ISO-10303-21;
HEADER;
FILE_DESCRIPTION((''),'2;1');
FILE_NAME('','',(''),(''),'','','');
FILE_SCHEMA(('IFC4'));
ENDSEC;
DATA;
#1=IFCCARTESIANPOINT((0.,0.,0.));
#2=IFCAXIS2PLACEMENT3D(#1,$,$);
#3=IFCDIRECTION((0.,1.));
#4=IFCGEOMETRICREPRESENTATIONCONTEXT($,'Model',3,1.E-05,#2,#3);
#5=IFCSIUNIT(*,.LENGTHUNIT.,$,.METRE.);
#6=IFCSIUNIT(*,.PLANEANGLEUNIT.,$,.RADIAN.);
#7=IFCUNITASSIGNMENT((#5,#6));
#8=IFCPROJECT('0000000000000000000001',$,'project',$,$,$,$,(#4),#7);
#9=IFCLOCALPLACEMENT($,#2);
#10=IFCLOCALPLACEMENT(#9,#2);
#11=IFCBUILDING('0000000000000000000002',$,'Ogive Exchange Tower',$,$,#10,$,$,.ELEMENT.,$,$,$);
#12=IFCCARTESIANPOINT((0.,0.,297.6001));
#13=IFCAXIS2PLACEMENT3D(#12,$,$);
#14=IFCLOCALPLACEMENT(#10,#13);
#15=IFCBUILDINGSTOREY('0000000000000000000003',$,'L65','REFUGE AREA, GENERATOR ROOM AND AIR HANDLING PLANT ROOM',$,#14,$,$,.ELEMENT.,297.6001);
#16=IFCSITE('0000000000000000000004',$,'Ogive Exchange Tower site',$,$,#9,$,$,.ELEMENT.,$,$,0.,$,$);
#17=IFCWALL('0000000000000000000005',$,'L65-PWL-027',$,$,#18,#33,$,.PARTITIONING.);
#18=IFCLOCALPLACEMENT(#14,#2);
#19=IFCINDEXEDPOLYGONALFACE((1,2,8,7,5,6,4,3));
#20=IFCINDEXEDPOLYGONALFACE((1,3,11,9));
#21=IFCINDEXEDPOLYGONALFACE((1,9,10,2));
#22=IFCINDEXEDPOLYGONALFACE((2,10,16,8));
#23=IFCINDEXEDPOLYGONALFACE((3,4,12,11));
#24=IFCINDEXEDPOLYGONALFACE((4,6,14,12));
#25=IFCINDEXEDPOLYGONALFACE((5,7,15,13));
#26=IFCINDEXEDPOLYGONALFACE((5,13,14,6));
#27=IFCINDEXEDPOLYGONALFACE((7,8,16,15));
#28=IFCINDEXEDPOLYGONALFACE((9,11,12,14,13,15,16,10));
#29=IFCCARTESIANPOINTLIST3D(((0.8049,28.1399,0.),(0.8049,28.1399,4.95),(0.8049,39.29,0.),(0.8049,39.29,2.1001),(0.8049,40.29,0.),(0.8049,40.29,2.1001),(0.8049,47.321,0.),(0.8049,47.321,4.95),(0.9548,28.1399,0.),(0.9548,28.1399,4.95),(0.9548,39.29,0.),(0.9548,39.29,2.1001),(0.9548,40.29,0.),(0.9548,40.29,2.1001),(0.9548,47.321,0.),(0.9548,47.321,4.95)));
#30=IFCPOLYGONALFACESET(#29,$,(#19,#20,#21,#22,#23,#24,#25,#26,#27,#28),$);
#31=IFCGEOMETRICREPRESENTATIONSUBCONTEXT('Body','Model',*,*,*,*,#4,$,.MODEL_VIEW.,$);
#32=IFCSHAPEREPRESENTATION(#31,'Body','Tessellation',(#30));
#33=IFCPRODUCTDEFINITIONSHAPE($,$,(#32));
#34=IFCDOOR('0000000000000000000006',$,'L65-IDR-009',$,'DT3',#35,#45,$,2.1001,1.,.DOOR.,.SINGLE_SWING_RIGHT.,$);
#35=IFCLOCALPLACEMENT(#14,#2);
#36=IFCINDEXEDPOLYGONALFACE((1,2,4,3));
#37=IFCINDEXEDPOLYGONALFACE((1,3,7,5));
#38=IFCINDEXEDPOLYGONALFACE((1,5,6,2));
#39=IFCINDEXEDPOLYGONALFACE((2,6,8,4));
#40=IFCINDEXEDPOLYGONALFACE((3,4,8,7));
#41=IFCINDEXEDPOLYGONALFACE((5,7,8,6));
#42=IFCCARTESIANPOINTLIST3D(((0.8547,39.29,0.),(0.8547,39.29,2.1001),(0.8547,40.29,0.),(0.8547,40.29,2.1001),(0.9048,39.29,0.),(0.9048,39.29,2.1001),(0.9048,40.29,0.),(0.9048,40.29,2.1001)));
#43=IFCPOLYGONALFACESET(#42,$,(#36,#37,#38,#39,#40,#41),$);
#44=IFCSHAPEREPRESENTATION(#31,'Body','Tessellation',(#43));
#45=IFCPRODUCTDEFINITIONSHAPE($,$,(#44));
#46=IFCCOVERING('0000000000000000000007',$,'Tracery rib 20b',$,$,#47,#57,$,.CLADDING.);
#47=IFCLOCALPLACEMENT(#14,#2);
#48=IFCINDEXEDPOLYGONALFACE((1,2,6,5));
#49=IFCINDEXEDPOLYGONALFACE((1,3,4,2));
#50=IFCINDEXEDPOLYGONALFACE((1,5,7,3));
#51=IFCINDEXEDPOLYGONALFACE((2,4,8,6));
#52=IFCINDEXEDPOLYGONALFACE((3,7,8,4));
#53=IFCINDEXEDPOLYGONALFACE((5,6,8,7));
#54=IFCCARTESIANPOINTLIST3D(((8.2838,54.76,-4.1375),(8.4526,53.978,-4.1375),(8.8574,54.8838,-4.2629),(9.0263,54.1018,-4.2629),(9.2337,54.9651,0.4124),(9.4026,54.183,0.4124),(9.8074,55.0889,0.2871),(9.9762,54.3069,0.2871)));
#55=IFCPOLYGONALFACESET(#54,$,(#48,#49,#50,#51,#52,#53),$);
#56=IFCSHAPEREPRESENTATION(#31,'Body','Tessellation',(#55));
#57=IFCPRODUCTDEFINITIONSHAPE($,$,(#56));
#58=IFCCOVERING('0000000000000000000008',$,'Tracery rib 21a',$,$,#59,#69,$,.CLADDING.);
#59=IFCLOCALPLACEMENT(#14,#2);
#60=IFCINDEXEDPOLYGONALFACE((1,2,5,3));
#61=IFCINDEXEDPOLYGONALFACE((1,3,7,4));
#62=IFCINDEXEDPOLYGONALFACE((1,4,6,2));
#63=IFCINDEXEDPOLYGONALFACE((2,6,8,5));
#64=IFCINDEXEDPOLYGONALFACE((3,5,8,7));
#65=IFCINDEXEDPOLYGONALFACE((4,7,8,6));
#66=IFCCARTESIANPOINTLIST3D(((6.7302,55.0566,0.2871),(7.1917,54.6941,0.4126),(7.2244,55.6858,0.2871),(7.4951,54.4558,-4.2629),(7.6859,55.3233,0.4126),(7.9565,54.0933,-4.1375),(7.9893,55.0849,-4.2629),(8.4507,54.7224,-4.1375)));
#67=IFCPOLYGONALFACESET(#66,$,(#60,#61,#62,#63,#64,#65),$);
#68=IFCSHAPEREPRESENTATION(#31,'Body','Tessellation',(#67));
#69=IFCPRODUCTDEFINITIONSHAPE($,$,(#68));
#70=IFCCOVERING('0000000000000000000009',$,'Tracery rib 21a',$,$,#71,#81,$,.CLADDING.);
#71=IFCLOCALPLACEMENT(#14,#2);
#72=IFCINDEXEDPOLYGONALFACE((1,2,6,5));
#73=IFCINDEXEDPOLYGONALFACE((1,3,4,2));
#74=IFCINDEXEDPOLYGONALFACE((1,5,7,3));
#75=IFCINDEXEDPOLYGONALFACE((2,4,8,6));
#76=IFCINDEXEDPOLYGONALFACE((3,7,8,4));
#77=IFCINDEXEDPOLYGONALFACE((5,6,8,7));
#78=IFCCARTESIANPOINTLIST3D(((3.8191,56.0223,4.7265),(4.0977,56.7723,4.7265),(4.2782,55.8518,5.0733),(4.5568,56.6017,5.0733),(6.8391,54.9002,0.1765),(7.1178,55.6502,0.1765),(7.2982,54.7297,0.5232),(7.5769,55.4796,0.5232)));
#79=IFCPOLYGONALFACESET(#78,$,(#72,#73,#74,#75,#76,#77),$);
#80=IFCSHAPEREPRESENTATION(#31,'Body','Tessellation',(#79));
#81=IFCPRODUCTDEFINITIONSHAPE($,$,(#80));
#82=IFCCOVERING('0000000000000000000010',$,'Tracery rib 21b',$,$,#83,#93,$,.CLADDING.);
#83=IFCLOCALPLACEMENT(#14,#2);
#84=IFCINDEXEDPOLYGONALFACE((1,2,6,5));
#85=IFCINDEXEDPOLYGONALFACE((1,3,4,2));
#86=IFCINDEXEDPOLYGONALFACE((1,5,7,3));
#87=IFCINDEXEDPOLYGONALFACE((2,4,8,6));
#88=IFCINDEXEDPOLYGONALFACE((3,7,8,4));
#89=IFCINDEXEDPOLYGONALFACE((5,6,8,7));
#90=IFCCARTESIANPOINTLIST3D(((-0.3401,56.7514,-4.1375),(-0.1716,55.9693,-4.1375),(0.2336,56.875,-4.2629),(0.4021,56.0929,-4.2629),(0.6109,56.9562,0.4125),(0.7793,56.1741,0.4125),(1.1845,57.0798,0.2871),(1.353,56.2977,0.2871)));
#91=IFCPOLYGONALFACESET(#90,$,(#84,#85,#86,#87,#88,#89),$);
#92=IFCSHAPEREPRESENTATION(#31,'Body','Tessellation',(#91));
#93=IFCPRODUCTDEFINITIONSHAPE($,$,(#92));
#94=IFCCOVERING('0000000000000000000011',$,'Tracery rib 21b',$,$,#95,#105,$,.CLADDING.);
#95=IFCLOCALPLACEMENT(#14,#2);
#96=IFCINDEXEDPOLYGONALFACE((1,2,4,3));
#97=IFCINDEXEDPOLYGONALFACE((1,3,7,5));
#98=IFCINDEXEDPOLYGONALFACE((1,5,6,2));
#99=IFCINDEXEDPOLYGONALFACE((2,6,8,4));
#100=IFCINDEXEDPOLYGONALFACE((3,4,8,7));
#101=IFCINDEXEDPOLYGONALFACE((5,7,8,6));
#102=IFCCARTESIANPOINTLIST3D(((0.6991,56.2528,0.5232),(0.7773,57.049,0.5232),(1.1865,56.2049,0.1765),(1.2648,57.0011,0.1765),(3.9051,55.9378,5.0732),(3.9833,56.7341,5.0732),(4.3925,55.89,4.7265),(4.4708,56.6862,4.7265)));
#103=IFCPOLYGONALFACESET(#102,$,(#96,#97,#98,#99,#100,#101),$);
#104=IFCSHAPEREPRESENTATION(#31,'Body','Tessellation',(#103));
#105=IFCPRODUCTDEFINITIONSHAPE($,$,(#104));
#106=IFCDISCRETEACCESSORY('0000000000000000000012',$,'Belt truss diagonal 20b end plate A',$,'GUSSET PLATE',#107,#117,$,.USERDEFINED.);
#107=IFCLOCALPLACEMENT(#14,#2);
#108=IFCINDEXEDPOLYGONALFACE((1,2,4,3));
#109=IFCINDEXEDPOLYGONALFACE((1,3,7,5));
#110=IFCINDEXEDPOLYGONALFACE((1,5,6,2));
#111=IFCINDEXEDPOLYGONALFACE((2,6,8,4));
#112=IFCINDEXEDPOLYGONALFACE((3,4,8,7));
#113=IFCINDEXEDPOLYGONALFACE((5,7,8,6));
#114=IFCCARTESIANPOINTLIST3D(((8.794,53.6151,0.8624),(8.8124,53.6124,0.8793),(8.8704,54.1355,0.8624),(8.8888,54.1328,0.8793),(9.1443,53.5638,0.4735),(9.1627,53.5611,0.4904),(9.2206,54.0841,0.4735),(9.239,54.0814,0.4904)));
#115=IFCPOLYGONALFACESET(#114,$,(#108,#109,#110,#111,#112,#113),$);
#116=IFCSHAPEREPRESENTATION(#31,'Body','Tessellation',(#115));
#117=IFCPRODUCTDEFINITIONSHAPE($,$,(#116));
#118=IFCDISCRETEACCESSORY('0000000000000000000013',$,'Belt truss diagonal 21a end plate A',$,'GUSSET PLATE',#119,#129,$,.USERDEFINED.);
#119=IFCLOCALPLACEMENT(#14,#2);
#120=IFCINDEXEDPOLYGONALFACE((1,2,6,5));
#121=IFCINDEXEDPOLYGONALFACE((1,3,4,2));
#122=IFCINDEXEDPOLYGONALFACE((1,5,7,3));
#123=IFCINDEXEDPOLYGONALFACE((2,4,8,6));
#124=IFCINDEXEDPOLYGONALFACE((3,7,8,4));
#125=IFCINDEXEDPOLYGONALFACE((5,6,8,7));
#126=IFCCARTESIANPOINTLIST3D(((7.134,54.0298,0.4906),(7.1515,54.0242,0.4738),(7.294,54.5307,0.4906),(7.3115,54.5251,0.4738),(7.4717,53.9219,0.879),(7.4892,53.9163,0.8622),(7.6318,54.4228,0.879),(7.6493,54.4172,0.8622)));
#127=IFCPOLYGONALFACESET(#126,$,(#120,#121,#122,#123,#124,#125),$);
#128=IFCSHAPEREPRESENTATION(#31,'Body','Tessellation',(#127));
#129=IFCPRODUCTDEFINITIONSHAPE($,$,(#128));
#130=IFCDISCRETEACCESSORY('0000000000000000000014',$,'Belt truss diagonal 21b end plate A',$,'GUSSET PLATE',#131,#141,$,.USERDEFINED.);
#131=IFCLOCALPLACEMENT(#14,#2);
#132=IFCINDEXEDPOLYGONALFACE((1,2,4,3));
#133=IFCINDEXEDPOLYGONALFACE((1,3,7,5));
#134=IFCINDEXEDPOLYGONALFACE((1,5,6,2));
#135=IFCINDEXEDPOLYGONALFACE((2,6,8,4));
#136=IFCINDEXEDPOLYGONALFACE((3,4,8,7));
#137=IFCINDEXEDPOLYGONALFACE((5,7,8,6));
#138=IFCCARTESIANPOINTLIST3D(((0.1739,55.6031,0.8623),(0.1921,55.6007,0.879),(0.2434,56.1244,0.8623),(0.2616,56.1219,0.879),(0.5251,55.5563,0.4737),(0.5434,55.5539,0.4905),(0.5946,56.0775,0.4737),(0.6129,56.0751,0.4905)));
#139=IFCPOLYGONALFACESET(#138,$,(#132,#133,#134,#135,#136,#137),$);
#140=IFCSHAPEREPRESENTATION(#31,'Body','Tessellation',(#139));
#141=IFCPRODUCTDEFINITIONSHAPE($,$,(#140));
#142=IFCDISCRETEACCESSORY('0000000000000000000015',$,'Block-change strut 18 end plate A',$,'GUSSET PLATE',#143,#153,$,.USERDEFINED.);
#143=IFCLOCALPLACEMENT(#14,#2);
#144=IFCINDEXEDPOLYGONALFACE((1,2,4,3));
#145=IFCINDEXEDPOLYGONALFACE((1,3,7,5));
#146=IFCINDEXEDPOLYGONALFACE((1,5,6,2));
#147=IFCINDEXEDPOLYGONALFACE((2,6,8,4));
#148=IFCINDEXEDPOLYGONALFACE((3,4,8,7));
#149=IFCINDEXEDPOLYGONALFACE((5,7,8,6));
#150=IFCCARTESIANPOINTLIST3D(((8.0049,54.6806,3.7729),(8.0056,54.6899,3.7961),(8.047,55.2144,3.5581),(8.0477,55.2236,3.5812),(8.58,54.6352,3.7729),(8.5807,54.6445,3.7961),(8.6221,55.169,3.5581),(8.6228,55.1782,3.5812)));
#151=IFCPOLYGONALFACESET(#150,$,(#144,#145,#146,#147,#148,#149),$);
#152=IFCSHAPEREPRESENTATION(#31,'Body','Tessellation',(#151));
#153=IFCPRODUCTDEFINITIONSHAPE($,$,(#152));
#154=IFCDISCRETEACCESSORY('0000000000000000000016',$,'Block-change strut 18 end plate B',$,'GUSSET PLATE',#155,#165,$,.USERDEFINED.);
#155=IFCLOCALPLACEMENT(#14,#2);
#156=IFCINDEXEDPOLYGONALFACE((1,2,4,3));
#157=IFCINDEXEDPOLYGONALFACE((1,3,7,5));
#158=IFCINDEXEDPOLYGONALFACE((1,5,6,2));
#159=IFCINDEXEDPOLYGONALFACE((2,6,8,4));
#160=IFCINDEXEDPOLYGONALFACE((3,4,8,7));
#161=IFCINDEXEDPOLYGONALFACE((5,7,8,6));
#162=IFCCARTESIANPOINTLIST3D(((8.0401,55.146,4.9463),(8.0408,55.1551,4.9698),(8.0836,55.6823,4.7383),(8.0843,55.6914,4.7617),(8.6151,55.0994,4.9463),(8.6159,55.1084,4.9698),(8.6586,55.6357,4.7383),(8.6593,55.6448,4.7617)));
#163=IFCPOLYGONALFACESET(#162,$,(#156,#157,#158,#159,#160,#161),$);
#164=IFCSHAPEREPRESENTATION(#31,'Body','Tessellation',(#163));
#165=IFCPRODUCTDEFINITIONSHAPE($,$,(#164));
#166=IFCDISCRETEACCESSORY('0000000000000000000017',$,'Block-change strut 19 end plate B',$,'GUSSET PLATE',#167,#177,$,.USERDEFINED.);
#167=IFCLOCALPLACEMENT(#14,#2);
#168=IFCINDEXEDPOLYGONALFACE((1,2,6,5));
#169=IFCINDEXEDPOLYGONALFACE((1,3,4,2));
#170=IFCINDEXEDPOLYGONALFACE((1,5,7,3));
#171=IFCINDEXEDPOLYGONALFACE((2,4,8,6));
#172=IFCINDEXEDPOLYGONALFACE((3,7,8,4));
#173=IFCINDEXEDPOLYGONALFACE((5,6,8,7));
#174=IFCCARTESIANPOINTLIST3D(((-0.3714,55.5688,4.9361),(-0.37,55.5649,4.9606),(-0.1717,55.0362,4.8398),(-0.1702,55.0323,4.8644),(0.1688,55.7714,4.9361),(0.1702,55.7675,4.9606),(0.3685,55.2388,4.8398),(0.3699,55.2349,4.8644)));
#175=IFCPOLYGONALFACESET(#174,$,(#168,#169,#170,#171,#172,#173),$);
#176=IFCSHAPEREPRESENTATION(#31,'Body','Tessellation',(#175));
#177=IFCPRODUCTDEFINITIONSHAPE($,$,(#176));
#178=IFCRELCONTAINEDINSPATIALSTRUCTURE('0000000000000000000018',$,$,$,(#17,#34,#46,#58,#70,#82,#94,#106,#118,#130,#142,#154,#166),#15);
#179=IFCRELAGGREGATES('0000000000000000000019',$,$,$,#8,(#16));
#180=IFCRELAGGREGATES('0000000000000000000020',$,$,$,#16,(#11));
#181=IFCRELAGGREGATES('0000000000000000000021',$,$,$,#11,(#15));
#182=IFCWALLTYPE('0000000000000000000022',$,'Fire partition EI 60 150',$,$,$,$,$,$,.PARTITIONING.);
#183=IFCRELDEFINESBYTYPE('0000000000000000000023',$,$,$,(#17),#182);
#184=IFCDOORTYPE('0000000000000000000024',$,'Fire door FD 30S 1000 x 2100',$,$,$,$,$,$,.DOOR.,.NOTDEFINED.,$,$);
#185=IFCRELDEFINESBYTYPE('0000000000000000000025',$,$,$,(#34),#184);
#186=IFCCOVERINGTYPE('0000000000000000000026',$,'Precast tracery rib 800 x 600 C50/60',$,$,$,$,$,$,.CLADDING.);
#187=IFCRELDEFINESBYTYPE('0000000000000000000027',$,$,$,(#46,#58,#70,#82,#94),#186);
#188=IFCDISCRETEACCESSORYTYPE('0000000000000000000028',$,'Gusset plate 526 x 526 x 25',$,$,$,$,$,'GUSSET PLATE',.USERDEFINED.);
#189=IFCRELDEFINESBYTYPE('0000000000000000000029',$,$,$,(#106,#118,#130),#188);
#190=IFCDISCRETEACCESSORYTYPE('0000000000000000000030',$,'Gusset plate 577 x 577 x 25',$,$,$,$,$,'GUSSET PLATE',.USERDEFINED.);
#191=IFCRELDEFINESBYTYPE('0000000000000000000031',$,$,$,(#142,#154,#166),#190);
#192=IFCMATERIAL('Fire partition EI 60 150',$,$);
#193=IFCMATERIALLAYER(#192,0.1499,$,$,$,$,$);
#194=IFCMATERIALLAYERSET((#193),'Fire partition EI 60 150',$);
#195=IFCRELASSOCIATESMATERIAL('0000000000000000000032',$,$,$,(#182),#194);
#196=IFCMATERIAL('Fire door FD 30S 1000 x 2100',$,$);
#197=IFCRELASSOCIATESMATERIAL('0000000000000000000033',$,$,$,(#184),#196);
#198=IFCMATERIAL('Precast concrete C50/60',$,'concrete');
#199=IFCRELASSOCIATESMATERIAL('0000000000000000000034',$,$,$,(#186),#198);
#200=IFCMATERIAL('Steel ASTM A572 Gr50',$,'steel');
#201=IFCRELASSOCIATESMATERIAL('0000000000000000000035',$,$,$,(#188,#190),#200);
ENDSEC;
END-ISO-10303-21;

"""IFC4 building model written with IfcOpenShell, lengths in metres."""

from ifc_helpers import new_model, si_unit, direction, frame, frame_2d, origin, origin_2d, place, context, subcontext, project, spatial, rectangle, extrude, material, layer, layer_set, material_profile, profile_set, type_object, element, fill, save


model = new_model("IFC4")

# Units and contexts
model_context = context("Model", 3, precision=1e-05, world=origin(), true_north=direction((0.0, 1.0)))
body_context = subcontext(model_context, "Body", "Model", "MODEL_VIEW")
ifc_project = project(units=[si_unit("LENGTHUNIT", "METRE"), si_unit("PLANEANGLEUNIT", "RADIAN")], contexts=[model_context])

# Site, building, storey
site_placement = place(None, origin())
site = spatial("IfcSite", under=ifc_project, at=site_placement, Name="Ogive Exchange Tower site", CompositionType="ELEMENT", RefElevation=0.0)
building_placement = place(site_placement, origin())
building = spatial("IfcBuilding", under=site, at=building_placement, Name="Ogive Exchange Tower", CompositionType="ELEMENT")
storey_placement = place(building_placement, frame((0.0, 0.0, 297.6001)))
storey = spatial("IfcBuildingStorey", under=building, at=storey_placement, Name="L65", Description="REFUGE AREA, GENERATOR ROOM AND AIR HANDLING PLANT ROOM", CompositionType="ELEMENT", Elevation=297.6001)

# Wall, opening, door
ifc_material_1 = material(Name="Fire partition EI 60 150")
ifc_layer = layer(ifc_material_1, 0.1499)
ifc_layer_set = layer_set([ifc_layer], Name="Fire partition EI 60 150")
wall_type = type_object("IfcWallType", Name="Fire partition EI 60 150", PredefinedType="PARTITIONING", material=ifc_layer_set)
wall_placement = place(storey_placement, frame((0.8799, 47.321, 0.0), z_axis=(0.0, 0.0, 1.0), x_axis=(0.0, -1.0, 0.0)))
wall = element("IfcWall", 1, at=wall_placement, inside=storey, type_object=wall_type, Name="L65-PWL-027", PredefinedType="PARTITIONING", context=body_context, shape_type="SweptSolid", body=[
    extrude(rectangle(XDim=19.1812, YDim=0.1499, at=frame_2d((9.5906, 0.0))), origin(), (0.0, 0.0, 1.0), 4.95),
])
opening_placement = place(wall_placement, frame((7.031, 0.0, 0.0)))
opening = element("IfcOpeningElement", 2, at=opening_placement, cuts=wall, PredefinedType="OPENING", context=body_context, shape_type="SweptSolid", body=[
    extrude(rectangle(XDim=1.0, YDim=2.1001, at=frame_2d((0.5, 1.05))), frame((0.0, 0.085, 0.0), z_axis=(0.0, -1.0, 0.0), x_axis=(1.0, 0.0, 0.0)), (0.0, 0.0, 1.0), 0.1699),
])
ifc_material_2 = material(Name="Fire door FD 30S 1000 x 2100")
door_type = type_object("IfcDoorType", Name="Fire door FD 30S 1000 x 2100", OperationType="NOTDEFINED", PredefinedType="DOOR", material=ifc_material_2)
door_placement = place(opening_placement, origin())
door = element("IfcDoor", 3, at=door_placement, inside=storey, type_object=door_type, Name="L65-IDR-009", ObjectType="DT3", OperationType="SINGLE_SWING_RIGHT", OverallHeight=2.1001, OverallWidth=1.0, PredefinedType="DOOR", context=body_context, shape_type="SweptSolid", body=[
    extrude(rectangle(XDim=1.0, YDim=2.1001, at=frame_2d((0.5, 1.05))), frame((0.0, 0.0249, 0.0), z_axis=(0.0, -1.0, 0.0), x_axis=(1.0, 0.0, 0.0)), (0.0, 0.0, 1.0), 0.05),
])
fill(opening, door)

# Coverings
ifc_material_3 = material(Name="Precast concrete C50/60", Category="concrete")
ifc_material_profile_1 = material_profile(ifc_material_3, rectangle(XDim=0.8, YDim=0.6001, at=origin_2d()), Name="RIB 800 x 600")
ifc_profile_set_1 = profile_set([ifc_material_profile_1], Name="Precast concrete C50/60")
covering_type = type_object("IfcCoveringType", Name="Precast tracery rib 800 x 600 C50/60", PredefinedType="CLADDING", material=ifc_profile_set_1)
covering_1_placement = place(storey_placement, frame((8.655, 54.4309, -4.2002), z_axis=(0.204173, 0.044077, 0.977942), x_axis=(-0.211021, 0.977481, 0.0)))
element("IfcCovering", 4, at=covering_1_placement, inside=storey, type_object=covering_type, Name="Tracery rib 20b", PredefinedType="CLADDING", context=body_context, shape_type="SweptSolid", body=[
    extrude(rectangle(XDim=0.8, YDim=0.6001, at=origin_2d()), origin(), (0.0, 0.0, 1.0), 4.6526),
])
covering_2_placement = place(storey_placement, frame((7.9729, 54.5891, -4.2002), z_axis=(-0.164392, 0.129132, 0.977906), x_axis=(-0.617722, -0.786397, 0.0)))
element("IfcCovering", 5, at=covering_2_placement, inside=storey, type_object=covering_type, Name="Tracery rib 21a", PredefinedType="CLADDING", context=body_context, shape_type="SweptSolid", body=[
    extrude(rectangle(XDim=0.8, YDim=0.6001, at=origin_2d()), origin(), (0.0, 0.0, 1.0), 4.6528),
])
covering_3_placement = place(storey_placement, frame((7.208, 55.1899, 0.3499), z_axis=(-0.541691, 0.201262, 0.816128), x_axis=(-0.348282, -0.93739, 0.0)))
element("IfcCovering", 6, at=covering_3_placement, inside=storey, type_object=covering_type, Name="Tracery rib 21a", PredefinedType="CLADDING", context=body_context, shape_type="SweptSolid", body=[
    extrude(rectangle(XDim=0.8, YDim=0.6001, at=origin_2d()), origin(), (0.0, 0.0, 1.0), 5.5752),
])
covering_4_placement = place(storey_placement, frame((0.031, 56.4221, -4.2002), z_axis=(0.204375, 0.044023, 0.977902), x_axis=(-0.210575, 0.977578, 0.0)))
element("IfcCovering", 7, at=covering_4_placement, inside=storey, type_object=covering_type, Name="Tracery rib 21b", PredefinedType="CLADDING", context=body_context, shape_type="SweptSolid", body=[
    extrude(rectangle(XDim=0.8, YDim=0.6001, at=origin_2d()), origin(), (0.0, 0.0, 1.0), 4.6528),
])
covering_5_placement = place(storey_placement, frame((0.9819, 56.627, 0.3499), z_axis=(0.575074, -0.056491, 0.816148), x_axis=(0.097763, 0.99521, 0.0)))
element("IfcCovering", 8, at=covering_5_placement, inside=storey, type_object=covering_type, Name="Tracery rib 21b", PredefinedType="CLADDING", context=body_context, shape_type="SweptSolid", body=[
    extrude(rectangle(XDim=0.8, YDim=0.6001, at=origin_2d()), origin(), (0.0, 0.0, 1.0), 5.575),
])

# Discrete accessories
ifc_material_4 = material(Name="Steel ASTM A572 Gr50", Category="steel")
ifc_material_profile_2 = material_profile(ifc_material_4, rectangle(XDim=0.5259, YDim=0.5259, at=origin_2d()), Name="PL 526 x 526 x 25")
ifc_profile_set_2 = profile_set([ifc_material_profile_2], Name="Steel ASTM A572 Gr50")
discrete_accessory_type_1 = type_object("IfcDiscreteAccessoryType", Name="Gusset plate 526 x 526 x 25", ElementType="GUSSET PLATE", PredefinedType="USERDEFINED", material=ifc_profile_set_2)
discrete_accessory_1_placement = place(storey_placement, frame((9.0073, 53.8496, 0.668), z_axis=(0.731681, -0.107313, 0.673147), x_axis=(0.145114, 0.989415, 0.0)))
element("IfcDiscreteAccessory", 9, at=discrete_accessory_1_placement, inside=storey, type_object=discrete_accessory_type_1, Name="Belt truss diagonal 20b end plate A", ObjectType="GUSSET PLATE", PredefinedType="USERDEFINED", context=body_context, shape_type="SweptSolid", body=[
    extrude(rectangle(XDim=0.5259, YDim=0.5259, at=origin_2d()), origin(), (0.0, 0.0, 1.0), 0.0251),
])
for number, where, z_axis, x_axis, name in (
    (10, (7.4004, 54.2207, 0.668), (-0.70352, 0.224735, 0.674206), (-0.304296, -0.952578, 0.0), "Belt truss diagonal 21a end plate A"),
    (11, (0.3843, 55.8403, 0.668), (0.732413, -0.097655, 0.67382), (0.132164, 0.991228, 0.0), "Belt truss diagonal 21b end plate A"),
):
    element("IfcDiscreteAccessory", number, at=place(storey_placement, frame(where, z_axis=z_axis, x_axis=x_axis)), inside=storey, type_object=discrete_accessory_type_1, Name=name, ObjectType="GUSSET PLATE", PredefinedType="USERDEFINED", context=body_context, shape_type="SweptSolid", body=[
        extrude(rectangle(XDim=0.5259, YDim=0.5259, at=origin_2d()), origin(), (0.0, 0.0, 1.0), 0.0249),
    ])
ifc_material_profile_3 = material_profile(ifc_material_4, rectangle(XDim=0.5769, YDim=0.5769, at=origin_2d()), Name="PL 577 x 577 x 25")
ifc_profile_set_3 = profile_set([ifc_material_profile_3], Name="Steel ASTM A572 Gr50")
discrete_accessory_type_2 = type_object("IfcDiscreteAccessoryType", Name="Gusset plate 577 x 577 x 25", ElementType="GUSSET PLATE", PredefinedType="USERDEFINED", material=ifc_profile_set_3)
discrete_accessory_2_placement = place(storey_placement, frame((8.3135, 54.9248, 3.6655), z_axis=(0.029308, 0.371231, 0.928078), x_axis=(-0.996898, 0.078702, 0.0)))
element("IfcDiscreteAccessory", 12, at=discrete_accessory_2_placement, inside=storey, type_object=discrete_accessory_type_2, Name="Block-change strut 18 end plate A", ObjectType="GUSSET PLATE", PredefinedType="USERDEFINED", context=body_context, shape_type="SweptSolid", body=[
    extrude(rectangle(XDim=0.5769, YDim=0.5769, at=origin_2d()), origin(), (0.0, 0.0, 1.0), 0.0249),
])
discrete_accessory_3_placement = place(storey_placement, frame((8.3494, 55.3909, 4.8423), z_axis=(0.029147, 0.359478, 0.932698), x_axis=(-0.996729, 0.080816, 0.0)))
element("IfcDiscreteAccessory", 13, at=discrete_accessory_3_placement, inside=storey, type_object=discrete_accessory_type_2, Name="Block-change strut 18 end plate B", ObjectType="GUSSET PLATE", PredefinedType="USERDEFINED", context=body_context, shape_type="SweptSolid", body=[
    extrude(rectangle(XDim=0.5769, YDim=0.5769, at=origin_2d()), origin(), (0.0, 0.0, 1.0), 0.0251),
])
discrete_accessory_4_placement = place(storey_placement, frame((-0.0015, 55.4038, 4.8879), z_axis=(0.058574, -0.156196, 0.985988), x_axis=(0.936329, 0.351123, 0.0)))
element("IfcDiscreteAccessory", 14, at=discrete_accessory_4_placement, inside=storey, type_object=discrete_accessory_type_2, Name="Block-change strut 19 end plate B", ObjectType="GUSSET PLATE", PredefinedType="USERDEFINED", context=body_context, shape_type="SweptSolid", body=[
    extrude(rectangle(XDim=0.5769, YDim=0.5769, at=origin_2d()), origin(), (0.0, 0.0, 1.0), 0.0249),
])

save(model, "model.ifc")
